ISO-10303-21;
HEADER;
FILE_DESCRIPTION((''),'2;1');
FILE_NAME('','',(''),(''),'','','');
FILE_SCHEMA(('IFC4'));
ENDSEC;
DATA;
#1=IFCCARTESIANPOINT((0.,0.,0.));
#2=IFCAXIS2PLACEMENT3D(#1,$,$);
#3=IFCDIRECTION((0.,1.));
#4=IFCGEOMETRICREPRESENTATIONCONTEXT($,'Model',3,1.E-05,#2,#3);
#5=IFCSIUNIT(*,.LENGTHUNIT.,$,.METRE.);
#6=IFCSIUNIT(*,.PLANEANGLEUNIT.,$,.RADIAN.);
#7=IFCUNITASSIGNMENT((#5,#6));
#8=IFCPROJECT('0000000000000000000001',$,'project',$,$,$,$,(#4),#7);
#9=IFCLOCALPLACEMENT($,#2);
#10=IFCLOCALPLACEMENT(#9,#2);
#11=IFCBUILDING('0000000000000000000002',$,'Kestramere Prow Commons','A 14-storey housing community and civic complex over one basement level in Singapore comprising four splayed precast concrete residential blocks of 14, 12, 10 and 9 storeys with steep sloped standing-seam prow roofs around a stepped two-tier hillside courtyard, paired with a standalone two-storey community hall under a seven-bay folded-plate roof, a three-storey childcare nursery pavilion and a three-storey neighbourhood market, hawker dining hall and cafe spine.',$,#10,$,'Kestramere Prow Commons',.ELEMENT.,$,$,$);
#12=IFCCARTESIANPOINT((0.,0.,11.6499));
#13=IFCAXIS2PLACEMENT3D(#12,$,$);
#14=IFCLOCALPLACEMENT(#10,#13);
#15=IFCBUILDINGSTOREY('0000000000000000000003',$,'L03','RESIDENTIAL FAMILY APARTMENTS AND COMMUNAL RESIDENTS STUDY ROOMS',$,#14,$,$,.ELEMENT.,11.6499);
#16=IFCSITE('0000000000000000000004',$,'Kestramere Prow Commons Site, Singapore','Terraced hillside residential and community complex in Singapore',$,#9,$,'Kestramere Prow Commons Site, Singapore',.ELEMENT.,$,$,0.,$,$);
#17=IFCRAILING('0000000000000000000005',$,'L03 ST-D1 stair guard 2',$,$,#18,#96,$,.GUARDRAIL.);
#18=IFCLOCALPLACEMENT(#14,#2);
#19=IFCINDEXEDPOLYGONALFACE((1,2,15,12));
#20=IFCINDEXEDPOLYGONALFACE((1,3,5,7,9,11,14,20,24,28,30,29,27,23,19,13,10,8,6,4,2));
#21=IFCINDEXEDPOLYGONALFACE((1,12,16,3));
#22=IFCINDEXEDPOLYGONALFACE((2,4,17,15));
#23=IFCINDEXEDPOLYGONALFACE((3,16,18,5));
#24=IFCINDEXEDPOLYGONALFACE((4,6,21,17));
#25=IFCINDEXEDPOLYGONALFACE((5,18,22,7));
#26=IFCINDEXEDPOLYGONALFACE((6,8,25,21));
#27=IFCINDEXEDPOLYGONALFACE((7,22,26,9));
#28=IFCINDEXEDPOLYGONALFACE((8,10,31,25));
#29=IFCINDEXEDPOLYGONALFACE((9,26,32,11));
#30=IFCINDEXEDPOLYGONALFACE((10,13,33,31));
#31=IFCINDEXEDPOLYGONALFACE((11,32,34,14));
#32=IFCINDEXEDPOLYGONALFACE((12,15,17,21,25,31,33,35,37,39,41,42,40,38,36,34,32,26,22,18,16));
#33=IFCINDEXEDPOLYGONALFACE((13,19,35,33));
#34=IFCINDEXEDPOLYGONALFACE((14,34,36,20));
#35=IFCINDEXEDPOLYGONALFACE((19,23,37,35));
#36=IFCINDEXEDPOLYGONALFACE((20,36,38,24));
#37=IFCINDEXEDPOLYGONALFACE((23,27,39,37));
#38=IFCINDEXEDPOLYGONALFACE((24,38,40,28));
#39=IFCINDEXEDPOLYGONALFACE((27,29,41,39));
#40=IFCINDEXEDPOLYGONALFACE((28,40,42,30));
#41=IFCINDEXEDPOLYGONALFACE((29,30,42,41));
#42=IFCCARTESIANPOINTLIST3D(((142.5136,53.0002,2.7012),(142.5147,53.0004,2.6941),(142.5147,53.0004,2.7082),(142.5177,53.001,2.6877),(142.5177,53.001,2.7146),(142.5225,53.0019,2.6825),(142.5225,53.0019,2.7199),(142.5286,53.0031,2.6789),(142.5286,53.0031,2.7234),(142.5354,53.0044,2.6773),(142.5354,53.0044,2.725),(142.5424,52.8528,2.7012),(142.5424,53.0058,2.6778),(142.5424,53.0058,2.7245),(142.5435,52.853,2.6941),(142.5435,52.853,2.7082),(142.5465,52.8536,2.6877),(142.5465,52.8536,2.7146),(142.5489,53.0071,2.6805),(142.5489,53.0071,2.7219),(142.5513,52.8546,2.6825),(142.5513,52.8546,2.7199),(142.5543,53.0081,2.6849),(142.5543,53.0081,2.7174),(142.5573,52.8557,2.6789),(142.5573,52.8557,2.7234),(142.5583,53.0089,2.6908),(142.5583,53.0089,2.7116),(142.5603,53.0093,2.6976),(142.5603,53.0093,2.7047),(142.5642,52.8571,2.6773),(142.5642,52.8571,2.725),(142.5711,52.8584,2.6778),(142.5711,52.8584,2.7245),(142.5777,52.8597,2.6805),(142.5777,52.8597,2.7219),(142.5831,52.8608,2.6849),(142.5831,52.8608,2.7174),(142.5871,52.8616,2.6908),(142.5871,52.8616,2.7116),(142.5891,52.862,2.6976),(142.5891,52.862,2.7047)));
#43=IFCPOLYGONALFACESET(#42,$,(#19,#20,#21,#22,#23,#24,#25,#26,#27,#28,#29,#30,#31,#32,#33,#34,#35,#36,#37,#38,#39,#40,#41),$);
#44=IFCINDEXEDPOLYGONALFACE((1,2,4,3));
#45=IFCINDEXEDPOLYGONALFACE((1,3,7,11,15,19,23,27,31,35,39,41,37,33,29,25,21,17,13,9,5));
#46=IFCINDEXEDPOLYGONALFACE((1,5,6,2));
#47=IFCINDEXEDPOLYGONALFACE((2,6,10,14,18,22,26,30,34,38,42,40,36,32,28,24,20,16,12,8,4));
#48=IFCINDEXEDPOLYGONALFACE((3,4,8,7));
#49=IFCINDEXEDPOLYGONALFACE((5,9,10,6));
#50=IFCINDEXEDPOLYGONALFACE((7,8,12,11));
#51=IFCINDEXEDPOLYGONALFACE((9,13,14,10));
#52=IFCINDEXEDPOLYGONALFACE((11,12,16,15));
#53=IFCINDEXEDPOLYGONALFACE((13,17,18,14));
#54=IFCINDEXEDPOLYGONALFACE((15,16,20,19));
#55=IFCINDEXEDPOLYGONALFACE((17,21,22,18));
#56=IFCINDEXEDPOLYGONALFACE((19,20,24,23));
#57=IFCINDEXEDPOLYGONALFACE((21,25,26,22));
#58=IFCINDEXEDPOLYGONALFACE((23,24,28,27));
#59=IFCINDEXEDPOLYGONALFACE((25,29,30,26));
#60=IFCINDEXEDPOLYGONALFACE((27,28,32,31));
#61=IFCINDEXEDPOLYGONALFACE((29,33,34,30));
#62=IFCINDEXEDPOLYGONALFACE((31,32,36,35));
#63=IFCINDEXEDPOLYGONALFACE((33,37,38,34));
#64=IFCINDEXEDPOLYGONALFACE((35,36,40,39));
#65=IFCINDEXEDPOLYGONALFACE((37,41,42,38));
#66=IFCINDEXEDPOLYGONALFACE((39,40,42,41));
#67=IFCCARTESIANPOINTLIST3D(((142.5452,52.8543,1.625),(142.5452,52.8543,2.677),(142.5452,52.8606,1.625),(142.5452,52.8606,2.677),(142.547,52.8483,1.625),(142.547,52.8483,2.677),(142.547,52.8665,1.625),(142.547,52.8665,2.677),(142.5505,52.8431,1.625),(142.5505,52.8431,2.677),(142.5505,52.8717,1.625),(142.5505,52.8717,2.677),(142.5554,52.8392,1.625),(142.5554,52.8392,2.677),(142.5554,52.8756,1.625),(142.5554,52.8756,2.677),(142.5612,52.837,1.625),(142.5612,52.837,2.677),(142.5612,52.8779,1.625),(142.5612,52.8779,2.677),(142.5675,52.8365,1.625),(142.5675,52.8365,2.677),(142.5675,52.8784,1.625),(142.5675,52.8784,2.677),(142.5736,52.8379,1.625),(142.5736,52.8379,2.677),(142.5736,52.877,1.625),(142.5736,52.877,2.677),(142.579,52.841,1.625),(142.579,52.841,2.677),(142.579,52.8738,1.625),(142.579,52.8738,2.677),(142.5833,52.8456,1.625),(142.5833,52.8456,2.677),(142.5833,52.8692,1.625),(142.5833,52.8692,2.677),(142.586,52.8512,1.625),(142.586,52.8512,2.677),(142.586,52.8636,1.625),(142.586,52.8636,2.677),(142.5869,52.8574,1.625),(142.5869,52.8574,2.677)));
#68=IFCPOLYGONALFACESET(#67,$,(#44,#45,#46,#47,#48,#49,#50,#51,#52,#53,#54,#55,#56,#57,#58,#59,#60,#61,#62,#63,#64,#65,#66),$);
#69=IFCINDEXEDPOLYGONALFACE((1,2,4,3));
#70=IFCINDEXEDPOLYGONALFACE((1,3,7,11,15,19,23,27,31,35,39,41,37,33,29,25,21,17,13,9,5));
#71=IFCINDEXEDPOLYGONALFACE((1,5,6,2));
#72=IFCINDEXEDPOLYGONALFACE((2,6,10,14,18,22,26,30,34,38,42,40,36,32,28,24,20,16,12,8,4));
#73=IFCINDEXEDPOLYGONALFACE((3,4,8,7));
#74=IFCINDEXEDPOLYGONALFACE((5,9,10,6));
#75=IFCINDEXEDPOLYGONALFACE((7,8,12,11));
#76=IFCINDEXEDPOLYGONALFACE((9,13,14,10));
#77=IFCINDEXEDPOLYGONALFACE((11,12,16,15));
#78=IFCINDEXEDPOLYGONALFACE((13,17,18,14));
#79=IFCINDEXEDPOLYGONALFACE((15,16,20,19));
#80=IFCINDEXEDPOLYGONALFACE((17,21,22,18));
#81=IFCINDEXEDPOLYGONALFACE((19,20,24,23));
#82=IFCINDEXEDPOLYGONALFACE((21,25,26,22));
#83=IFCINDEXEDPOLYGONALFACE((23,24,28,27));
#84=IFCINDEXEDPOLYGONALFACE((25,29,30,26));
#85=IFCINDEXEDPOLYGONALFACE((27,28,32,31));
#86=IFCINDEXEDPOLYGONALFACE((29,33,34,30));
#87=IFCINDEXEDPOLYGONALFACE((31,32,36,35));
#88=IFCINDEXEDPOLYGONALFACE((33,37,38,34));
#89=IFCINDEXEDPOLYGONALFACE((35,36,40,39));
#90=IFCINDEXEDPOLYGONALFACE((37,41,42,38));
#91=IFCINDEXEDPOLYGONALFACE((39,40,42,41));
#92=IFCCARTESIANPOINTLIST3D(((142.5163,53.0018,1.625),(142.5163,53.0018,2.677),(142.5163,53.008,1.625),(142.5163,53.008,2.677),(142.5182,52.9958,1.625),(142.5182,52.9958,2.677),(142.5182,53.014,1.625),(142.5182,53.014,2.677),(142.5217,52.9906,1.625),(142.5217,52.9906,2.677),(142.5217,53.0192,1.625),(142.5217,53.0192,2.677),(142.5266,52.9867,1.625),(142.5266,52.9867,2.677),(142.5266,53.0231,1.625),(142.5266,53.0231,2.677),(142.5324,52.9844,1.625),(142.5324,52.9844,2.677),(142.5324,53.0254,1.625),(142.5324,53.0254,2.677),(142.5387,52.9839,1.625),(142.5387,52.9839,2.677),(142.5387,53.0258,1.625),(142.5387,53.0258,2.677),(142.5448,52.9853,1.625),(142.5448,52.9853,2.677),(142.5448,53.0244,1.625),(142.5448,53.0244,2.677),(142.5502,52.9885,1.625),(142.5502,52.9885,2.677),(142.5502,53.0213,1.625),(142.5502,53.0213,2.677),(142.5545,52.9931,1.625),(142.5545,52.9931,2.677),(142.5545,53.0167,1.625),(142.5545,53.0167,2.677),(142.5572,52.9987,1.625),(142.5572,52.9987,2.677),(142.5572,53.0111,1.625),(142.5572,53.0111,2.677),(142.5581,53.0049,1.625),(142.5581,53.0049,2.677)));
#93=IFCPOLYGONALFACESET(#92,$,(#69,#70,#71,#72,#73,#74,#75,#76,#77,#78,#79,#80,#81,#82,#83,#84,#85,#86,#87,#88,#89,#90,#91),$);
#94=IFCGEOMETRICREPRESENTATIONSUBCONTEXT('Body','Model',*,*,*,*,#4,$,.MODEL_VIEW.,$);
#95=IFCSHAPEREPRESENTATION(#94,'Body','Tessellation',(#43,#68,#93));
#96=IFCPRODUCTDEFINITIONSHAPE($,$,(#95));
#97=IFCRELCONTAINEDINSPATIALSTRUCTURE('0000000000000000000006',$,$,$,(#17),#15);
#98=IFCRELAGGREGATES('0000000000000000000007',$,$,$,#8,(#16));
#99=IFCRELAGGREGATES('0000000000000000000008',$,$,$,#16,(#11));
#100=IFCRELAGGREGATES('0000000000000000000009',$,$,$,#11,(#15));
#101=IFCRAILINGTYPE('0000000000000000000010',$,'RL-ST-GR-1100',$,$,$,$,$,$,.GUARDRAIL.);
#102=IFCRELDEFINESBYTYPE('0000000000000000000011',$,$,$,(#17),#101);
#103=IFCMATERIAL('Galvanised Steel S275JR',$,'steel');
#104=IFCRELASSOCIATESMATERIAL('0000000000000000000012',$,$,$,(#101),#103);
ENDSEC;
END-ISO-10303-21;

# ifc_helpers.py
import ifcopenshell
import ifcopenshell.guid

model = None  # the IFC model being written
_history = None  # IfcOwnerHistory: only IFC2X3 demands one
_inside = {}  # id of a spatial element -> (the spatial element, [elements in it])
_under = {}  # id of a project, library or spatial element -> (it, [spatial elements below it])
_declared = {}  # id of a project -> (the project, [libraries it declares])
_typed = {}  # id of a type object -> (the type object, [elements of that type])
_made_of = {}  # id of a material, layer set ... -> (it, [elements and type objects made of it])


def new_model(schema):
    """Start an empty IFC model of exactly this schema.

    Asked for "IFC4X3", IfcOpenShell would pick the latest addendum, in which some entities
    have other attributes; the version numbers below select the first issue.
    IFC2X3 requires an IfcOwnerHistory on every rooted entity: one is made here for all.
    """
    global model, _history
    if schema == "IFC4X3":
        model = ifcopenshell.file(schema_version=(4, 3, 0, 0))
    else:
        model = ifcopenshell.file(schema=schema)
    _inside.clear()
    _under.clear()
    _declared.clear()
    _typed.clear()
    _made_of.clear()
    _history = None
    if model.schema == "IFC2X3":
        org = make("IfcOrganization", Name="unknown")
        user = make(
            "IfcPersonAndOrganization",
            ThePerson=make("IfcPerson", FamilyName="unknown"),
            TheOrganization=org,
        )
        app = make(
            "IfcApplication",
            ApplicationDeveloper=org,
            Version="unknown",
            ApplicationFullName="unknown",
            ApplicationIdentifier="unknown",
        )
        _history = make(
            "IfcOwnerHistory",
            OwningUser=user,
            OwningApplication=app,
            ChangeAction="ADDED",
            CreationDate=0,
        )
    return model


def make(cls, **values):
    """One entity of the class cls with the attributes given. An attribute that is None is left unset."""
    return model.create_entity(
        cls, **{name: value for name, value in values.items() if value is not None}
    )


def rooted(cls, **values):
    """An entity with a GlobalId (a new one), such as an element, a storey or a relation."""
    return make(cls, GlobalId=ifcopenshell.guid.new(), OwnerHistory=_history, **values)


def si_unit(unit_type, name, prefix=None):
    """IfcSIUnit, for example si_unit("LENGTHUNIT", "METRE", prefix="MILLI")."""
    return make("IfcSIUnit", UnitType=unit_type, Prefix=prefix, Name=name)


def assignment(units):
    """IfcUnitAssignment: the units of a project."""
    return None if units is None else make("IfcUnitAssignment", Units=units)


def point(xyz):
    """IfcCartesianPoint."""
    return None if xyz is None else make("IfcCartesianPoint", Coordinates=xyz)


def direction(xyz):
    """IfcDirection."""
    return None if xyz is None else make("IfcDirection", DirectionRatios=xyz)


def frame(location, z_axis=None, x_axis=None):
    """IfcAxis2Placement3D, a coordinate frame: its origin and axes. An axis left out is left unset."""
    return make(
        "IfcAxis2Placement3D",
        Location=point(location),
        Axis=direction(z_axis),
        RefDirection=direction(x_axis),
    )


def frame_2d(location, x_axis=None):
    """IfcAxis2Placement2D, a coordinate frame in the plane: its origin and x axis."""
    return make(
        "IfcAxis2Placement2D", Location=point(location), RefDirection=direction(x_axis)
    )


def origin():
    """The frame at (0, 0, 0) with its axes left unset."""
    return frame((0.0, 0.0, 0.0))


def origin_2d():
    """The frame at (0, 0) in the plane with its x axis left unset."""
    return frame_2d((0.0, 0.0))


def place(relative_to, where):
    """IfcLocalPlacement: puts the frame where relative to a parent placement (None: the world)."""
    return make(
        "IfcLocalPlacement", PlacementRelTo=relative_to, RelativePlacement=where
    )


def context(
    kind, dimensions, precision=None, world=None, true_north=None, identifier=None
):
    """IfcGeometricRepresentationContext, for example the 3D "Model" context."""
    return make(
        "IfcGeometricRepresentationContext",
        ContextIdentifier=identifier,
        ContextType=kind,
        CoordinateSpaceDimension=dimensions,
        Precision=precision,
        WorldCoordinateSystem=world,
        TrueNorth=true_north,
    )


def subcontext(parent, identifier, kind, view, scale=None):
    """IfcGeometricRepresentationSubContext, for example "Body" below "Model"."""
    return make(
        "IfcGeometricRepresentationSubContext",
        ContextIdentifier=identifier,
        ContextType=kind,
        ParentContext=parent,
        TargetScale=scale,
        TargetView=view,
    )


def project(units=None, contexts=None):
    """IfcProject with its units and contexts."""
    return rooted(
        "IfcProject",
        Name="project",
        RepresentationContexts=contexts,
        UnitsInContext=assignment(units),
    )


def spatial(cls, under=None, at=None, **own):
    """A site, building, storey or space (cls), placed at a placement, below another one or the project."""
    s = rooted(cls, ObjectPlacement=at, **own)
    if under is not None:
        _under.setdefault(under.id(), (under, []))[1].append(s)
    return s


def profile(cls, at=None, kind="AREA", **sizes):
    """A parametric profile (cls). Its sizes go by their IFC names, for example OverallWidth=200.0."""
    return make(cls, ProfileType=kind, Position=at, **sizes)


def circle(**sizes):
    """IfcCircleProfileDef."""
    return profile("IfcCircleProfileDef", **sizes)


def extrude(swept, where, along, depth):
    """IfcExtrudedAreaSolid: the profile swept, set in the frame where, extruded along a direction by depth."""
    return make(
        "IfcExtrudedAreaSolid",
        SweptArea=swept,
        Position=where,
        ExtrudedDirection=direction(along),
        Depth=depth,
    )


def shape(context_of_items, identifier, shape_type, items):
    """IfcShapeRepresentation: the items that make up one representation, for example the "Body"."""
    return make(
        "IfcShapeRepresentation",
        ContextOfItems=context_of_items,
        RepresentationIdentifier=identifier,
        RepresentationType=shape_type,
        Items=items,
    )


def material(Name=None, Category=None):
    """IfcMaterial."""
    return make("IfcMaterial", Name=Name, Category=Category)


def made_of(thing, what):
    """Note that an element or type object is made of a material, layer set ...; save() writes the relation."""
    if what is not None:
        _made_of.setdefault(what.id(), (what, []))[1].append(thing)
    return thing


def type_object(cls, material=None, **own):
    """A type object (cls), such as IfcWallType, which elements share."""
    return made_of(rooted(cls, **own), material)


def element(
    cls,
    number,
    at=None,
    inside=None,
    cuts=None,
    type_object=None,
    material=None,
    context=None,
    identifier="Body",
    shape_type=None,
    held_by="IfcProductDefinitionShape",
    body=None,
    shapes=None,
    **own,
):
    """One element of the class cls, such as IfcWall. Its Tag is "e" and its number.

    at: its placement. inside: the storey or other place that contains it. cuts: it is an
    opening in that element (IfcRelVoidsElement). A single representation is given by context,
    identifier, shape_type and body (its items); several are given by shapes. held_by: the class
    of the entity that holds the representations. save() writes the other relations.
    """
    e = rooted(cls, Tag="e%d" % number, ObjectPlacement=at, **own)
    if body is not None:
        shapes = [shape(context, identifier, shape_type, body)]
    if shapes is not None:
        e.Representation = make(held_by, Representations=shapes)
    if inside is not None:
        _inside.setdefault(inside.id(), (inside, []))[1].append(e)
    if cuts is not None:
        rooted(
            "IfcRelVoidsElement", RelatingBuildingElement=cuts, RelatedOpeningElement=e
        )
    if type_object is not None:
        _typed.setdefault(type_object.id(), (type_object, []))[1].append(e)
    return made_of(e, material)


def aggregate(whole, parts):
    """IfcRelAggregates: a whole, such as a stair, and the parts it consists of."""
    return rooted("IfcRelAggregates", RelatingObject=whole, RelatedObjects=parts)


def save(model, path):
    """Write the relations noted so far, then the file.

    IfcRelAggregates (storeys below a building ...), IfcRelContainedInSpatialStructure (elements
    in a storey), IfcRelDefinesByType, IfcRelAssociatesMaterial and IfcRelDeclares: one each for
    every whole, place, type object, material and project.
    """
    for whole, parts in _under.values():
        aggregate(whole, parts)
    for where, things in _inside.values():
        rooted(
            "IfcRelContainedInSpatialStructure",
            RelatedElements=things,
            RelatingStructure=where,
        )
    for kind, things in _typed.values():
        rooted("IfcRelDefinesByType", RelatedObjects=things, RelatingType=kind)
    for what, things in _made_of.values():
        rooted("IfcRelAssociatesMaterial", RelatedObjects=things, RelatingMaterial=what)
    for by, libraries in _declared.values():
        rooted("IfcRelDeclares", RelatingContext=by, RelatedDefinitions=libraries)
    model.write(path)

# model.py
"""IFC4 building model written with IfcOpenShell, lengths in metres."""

from ifc_helpers import new_model, si_unit, direction, frame, origin, origin_2d, place, context, subcontext, project, spatial, circle, extrude, material, type_object, element, save


model = new_model("IFC4")

# Units and contexts
model_context = context("Model", 3, precision=1e-05, world=origin(), true_north=direction((0.0, 1.0)))
body_context = subcontext(model_context, "Body", "Model", "MODEL_VIEW")
ifc_project = project(units=[si_unit("LENGTHUNIT", "METRE"), si_unit("PLANEANGLEUNIT", "RADIAN")], contexts=[model_context])

# Site, building, storey
site_placement = place(None, origin())
site = spatial("IfcSite", under=ifc_project, at=site_placement, Name="Kestramere Prow Commons Site, Singapore", Description="Terraced hillside residential and community complex in Singapore", LongName="Kestramere Prow Commons Site, Singapore", CompositionType="ELEMENT", RefElevation=0.0)
building_placement = place(site_placement, origin())
building = spatial("IfcBuilding", under=site, at=building_placement, Name="Kestramere Prow Commons", Description="A 14-storey housing community and civic complex over one basement level in Singapore comprising four splayed precast concrete residential blocks of 14, 12, 10 and 9 storeys with steep sloped standing-seam prow roofs around a stepped two-tier hillside courtyard, paired with a standalone two-storey community hall under a seven-bay folded-plate roof, a three-storey childcare nursery pavilion and a three-storey neighbourhood market, hawker dining hall and cafe spine.", LongName="Kestramere Prow Commons", CompositionType="ELEMENT")
storey_placement = place(building_placement, frame((0.0, 0.0, 11.6499)))
storey = spatial("IfcBuildingStorey", under=building, at=storey_placement, Name="L03", Description="RESIDENTIAL FAMILY APARTMENTS AND COMMUNAL RESIDENTS STUDY ROOMS", CompositionType="ELEMENT", Elevation=11.6499)

# Railing
ifc_material_1 = material(Name="Galvanised Steel S275JR", Category="steel")
railing_type_1 = type_object("IfcRailingType", Name="RL-ST-GR-1100", PredefinedType="GUARDRAIL", material=ifc_material_1)
railing_1_placement = place(storey_placement, frame((142.5659, 52.8574, 1.625)))
element("IfcRailing", 1, at=railing_1_placement, inside=storey, type_object=railing_type_1, Name="L03 ST-D1 stair guard 2", PredefinedType="GUARDRAIL", context=body_context, shape_type="SweptSolid", body=[
    extrude(circle(Radius=0.0239, at=origin_2d()), frame((0.0, 0.0, 1.0762), z_axis=(-0.191739, 0.981446, 0.0), x_axis=(-0.981446, -0.191739, 0.0)), (0.0, 0.0, 1.0), 0.1501),
    extrude(circle(Radius=0.021, at=origin_2d()), origin(), (0.0, 0.0, 1.0), 1.052),
    extrude(circle(Radius=0.021, at=origin_2d()), frame((-0.0288, 0.1475, 0.0)), (0.0, 0.0, 1.0), 1.052),
])

save(model, "model.ifc")
